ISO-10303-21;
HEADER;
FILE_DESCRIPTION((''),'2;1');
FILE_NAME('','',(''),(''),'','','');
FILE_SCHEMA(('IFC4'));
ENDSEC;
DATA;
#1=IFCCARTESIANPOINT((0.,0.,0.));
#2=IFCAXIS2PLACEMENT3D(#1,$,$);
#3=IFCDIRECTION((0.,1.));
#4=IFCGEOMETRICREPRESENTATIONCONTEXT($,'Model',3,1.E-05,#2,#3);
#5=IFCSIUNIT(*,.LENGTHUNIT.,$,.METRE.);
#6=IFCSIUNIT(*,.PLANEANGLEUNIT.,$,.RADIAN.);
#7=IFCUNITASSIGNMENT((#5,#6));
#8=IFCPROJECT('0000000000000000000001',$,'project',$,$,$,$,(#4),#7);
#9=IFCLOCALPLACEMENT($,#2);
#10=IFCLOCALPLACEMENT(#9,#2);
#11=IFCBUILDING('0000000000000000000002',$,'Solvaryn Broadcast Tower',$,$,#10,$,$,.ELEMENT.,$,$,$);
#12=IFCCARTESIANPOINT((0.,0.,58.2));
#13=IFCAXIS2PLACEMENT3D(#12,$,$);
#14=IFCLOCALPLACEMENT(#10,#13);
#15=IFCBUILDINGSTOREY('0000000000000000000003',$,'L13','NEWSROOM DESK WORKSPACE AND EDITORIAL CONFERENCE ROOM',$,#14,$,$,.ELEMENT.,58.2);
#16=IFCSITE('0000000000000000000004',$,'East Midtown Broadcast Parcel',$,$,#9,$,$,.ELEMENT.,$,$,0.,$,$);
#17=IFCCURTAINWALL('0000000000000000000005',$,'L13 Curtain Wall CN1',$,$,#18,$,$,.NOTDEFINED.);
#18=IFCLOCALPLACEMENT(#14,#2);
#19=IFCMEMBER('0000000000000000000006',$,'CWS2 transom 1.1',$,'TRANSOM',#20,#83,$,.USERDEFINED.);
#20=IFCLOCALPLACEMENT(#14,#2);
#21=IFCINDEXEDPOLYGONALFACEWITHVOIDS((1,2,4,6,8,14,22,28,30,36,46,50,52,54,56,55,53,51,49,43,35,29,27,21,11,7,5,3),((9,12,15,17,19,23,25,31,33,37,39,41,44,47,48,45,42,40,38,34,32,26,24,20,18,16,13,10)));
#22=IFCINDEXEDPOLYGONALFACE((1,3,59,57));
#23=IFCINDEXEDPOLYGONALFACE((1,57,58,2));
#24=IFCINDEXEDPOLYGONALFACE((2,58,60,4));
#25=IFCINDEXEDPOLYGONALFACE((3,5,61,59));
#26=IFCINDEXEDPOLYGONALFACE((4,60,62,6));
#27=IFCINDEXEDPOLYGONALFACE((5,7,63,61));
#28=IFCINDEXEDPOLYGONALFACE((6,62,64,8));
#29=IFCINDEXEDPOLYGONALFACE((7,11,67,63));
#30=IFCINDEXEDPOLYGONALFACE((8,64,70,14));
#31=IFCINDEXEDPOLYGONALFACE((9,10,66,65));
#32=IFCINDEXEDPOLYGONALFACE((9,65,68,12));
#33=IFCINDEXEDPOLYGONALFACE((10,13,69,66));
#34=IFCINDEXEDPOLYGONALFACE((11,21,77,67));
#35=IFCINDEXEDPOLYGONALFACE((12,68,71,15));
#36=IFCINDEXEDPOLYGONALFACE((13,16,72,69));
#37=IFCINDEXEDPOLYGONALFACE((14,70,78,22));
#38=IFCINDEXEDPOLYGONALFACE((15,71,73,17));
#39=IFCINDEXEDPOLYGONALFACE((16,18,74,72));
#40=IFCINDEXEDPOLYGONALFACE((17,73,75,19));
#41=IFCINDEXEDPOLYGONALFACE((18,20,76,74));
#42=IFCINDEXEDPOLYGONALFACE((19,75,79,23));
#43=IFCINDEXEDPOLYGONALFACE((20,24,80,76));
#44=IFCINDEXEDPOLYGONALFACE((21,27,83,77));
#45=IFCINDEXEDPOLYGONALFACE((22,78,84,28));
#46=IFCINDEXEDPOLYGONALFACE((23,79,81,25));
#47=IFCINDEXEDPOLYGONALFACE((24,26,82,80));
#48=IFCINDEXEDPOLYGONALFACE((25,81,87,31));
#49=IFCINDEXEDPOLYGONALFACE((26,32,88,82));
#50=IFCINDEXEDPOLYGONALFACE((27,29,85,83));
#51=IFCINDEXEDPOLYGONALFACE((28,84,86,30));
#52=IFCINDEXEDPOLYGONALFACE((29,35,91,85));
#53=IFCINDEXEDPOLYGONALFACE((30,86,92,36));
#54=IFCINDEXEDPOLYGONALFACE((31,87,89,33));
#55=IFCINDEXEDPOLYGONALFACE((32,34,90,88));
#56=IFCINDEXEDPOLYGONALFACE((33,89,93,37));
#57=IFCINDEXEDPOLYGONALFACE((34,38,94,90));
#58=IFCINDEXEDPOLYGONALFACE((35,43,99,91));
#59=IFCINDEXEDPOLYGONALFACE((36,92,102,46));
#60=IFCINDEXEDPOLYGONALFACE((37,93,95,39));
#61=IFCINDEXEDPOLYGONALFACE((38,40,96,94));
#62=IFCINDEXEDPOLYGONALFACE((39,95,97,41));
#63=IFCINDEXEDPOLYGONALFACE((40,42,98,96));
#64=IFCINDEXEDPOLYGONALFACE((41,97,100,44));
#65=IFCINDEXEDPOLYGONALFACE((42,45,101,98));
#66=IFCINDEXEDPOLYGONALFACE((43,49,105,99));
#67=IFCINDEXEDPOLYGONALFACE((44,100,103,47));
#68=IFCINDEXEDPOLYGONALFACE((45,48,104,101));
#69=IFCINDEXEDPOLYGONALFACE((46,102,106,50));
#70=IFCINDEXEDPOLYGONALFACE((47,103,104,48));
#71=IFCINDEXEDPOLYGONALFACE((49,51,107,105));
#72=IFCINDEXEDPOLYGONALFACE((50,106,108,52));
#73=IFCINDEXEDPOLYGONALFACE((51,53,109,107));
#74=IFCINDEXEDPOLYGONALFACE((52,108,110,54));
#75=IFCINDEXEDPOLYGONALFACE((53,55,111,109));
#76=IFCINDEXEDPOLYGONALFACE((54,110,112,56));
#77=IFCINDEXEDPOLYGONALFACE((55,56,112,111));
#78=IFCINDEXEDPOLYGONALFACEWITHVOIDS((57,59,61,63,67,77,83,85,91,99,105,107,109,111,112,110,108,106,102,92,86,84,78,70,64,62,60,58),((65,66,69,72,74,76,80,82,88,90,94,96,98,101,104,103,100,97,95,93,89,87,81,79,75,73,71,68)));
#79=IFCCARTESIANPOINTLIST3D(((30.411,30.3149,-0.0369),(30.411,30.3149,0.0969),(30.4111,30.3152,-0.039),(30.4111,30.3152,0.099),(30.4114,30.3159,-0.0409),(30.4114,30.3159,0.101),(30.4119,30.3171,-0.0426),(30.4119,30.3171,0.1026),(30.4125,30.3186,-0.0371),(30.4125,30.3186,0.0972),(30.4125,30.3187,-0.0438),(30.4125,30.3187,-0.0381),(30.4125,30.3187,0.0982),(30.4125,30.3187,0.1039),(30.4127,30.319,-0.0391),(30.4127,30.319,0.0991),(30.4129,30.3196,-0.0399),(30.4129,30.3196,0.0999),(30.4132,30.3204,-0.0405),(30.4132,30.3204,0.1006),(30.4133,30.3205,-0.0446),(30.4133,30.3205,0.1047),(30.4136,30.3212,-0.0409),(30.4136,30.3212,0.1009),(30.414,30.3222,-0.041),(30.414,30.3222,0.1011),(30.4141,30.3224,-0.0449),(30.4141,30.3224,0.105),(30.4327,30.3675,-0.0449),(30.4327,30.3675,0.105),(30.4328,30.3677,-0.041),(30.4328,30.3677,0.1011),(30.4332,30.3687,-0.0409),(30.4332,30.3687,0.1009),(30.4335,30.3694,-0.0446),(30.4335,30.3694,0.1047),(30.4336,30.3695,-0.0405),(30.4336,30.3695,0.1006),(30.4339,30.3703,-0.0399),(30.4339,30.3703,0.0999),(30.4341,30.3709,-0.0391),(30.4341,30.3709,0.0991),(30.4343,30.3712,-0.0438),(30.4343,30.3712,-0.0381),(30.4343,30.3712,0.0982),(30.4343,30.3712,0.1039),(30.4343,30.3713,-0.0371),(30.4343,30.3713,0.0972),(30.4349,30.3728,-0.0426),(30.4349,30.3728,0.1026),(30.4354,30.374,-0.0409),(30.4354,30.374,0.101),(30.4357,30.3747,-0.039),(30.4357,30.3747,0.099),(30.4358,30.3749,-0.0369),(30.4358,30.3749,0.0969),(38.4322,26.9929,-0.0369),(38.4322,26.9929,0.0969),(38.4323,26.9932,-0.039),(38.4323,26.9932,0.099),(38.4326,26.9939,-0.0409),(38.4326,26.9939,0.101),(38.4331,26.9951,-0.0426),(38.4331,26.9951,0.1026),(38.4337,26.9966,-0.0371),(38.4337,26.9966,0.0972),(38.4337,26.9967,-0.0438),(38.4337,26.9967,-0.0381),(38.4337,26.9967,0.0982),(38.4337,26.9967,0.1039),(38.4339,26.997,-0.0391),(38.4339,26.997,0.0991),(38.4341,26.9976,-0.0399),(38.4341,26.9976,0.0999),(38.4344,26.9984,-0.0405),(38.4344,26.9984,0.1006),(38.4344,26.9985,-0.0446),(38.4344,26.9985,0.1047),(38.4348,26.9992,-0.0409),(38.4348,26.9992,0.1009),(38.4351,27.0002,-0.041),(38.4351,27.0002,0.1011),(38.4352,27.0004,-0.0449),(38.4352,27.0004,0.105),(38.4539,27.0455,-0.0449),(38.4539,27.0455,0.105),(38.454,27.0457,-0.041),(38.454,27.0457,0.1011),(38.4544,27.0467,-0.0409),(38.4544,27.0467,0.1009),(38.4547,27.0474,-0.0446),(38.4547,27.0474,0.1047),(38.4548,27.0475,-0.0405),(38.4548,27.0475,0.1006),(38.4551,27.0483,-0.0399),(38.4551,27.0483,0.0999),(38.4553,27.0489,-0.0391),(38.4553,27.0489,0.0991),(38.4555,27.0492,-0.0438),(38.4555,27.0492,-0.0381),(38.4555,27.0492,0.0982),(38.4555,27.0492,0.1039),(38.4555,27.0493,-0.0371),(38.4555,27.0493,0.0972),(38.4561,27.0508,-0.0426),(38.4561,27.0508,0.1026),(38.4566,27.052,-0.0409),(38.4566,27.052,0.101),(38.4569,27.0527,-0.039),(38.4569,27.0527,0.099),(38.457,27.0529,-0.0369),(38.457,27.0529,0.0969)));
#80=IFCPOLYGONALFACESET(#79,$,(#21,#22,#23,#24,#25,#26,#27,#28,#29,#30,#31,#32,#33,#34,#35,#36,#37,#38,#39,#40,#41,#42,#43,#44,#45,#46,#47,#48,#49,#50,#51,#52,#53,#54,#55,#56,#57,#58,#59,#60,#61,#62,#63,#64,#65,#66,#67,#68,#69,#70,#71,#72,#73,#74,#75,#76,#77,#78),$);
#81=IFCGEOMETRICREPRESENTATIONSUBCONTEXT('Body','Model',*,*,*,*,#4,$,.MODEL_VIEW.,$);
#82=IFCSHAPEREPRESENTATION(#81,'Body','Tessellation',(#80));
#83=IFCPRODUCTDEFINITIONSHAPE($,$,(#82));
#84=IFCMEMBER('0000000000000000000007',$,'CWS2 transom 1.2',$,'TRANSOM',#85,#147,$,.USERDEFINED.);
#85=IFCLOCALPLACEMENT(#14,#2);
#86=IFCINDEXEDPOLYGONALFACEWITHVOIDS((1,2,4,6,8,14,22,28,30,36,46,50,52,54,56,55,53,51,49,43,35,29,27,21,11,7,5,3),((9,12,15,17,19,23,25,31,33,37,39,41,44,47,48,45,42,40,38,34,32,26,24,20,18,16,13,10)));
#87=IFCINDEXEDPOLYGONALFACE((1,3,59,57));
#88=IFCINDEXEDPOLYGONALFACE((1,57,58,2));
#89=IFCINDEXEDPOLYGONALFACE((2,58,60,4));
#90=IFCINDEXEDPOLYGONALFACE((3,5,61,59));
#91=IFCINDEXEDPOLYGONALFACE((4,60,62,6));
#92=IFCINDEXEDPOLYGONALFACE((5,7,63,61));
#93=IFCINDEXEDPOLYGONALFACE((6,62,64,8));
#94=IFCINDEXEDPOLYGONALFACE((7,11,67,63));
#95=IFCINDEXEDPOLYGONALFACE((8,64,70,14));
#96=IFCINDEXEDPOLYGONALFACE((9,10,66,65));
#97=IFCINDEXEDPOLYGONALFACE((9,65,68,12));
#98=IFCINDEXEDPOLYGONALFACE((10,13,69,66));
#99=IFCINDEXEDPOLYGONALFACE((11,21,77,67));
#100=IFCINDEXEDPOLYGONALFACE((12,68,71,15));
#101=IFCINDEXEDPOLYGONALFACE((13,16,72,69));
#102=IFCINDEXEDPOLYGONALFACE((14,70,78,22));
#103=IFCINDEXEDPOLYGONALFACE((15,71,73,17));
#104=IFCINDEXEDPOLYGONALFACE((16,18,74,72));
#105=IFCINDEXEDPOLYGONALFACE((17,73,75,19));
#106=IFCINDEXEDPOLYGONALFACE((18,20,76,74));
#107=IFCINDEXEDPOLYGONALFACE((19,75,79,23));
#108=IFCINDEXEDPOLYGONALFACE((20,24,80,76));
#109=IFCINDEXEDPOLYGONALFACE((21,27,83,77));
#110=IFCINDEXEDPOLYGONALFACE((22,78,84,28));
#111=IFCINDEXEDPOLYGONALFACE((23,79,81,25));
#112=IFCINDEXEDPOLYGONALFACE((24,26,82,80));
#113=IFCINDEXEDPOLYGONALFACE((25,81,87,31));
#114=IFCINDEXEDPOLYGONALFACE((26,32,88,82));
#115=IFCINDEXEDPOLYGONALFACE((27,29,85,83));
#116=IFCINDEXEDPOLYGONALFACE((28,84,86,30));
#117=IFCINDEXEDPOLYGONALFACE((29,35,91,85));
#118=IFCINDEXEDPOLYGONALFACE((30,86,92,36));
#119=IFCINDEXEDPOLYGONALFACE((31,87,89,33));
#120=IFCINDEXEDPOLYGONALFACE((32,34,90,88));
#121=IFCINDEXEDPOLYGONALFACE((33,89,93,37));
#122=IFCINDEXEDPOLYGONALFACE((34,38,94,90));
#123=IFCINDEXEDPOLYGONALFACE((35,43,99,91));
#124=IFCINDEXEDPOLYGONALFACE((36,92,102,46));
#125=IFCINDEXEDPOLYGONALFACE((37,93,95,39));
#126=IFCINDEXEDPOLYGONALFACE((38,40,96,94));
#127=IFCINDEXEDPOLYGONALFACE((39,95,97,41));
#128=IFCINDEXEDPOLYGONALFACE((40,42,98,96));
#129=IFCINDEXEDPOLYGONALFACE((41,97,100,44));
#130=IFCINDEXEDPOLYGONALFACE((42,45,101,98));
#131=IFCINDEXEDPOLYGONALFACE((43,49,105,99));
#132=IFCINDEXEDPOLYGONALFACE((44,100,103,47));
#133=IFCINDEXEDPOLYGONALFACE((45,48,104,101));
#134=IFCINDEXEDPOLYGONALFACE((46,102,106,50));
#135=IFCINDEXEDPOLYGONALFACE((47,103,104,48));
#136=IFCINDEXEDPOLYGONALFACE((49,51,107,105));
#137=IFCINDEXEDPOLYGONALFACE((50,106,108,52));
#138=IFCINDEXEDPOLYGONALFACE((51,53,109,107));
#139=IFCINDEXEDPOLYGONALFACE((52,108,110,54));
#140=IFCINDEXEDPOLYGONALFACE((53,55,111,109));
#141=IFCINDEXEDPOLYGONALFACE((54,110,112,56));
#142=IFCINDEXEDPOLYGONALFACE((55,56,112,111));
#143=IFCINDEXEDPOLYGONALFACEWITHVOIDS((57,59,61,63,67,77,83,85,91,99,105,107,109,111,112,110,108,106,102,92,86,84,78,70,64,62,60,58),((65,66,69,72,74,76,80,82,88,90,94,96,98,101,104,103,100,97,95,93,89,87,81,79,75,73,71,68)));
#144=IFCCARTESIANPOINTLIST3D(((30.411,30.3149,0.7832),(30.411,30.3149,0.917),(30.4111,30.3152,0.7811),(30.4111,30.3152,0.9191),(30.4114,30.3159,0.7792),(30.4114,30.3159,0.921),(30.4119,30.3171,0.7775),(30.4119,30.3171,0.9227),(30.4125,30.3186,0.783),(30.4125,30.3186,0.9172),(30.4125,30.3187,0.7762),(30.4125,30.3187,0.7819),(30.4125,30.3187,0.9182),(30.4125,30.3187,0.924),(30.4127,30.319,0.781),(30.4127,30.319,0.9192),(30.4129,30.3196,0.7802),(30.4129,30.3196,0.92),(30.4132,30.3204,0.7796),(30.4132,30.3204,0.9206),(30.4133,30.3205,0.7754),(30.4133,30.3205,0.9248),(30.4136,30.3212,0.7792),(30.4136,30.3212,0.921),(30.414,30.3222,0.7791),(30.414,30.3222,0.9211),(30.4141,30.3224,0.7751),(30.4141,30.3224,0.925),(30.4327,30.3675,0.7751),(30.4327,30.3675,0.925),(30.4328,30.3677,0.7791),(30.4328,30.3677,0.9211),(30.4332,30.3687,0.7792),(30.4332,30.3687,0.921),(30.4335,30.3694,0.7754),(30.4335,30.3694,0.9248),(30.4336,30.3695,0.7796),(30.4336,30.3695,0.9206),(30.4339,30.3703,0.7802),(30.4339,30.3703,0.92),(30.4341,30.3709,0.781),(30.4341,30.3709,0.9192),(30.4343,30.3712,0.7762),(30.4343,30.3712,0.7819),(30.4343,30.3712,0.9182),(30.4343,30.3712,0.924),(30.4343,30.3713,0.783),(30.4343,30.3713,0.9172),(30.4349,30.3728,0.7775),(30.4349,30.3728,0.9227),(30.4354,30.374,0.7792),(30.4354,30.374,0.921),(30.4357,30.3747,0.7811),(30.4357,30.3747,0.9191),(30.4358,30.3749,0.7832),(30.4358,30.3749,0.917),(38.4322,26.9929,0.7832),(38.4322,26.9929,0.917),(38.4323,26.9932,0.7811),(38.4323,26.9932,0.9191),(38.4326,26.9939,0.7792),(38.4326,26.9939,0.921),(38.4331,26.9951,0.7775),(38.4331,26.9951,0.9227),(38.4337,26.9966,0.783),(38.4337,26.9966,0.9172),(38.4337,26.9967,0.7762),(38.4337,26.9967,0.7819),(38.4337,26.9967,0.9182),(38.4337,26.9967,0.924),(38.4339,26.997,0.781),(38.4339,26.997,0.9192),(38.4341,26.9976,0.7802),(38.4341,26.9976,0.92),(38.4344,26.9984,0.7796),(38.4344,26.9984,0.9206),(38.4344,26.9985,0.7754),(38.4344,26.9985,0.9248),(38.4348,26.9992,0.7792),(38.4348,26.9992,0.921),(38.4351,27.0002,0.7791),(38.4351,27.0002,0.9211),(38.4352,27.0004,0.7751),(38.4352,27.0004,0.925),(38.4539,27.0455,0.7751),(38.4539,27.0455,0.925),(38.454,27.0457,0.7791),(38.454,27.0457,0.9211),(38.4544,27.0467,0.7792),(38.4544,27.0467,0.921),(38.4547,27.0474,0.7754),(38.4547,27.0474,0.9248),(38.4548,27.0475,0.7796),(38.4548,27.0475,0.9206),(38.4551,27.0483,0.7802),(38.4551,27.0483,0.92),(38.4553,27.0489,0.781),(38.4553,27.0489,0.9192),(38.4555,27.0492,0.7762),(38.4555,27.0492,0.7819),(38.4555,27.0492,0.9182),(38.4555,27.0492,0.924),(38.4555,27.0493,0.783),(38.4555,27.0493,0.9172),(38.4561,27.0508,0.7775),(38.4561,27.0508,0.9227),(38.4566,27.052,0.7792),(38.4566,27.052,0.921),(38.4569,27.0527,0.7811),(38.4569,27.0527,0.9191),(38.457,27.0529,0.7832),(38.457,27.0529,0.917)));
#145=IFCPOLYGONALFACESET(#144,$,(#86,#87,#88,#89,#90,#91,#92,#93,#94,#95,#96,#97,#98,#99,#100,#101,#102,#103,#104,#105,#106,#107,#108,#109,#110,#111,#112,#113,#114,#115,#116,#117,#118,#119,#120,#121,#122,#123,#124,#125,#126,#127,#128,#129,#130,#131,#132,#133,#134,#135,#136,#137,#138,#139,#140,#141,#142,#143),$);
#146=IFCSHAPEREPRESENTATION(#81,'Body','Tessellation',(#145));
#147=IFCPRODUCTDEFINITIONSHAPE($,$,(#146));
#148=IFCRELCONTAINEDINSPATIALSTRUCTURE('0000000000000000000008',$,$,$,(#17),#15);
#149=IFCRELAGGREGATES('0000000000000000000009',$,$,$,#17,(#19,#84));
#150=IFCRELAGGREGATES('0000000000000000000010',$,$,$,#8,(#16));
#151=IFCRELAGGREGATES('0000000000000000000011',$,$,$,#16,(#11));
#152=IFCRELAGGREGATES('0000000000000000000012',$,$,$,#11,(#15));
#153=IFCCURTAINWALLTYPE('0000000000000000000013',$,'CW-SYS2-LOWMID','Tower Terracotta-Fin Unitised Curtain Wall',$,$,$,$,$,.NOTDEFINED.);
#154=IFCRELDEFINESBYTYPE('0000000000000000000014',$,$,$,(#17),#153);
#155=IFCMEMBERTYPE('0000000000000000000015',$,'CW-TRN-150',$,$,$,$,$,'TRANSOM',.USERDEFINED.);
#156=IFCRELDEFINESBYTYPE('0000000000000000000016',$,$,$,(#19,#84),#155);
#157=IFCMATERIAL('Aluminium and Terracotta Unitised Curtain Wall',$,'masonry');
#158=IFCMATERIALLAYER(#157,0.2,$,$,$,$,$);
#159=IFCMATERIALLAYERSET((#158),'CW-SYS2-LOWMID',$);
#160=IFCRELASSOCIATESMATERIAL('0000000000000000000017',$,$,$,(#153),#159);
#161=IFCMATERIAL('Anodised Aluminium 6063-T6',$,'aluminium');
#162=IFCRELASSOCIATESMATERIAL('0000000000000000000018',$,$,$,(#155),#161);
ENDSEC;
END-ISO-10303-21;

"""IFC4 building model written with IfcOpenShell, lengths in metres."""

from ifc_helpers import new_model, si_unit, direction, frame, origin, origin_2d, place, context, subcontext, project, spatial, hollow_rectangle, extrude, material, layer, layer_set, material_profile, profile_set, type_object, element, aggregate, save


model = new_model("IFC4")

# Units and contexts
model_context = context("Model", 3, precision=1e-05, world=origin(), true_north=direction((0.0, 1.0)))
body_context = subcontext(model_context, "Body", "Model", "MODEL_VIEW")
ifc_project = project(units=[si_unit("LENGTHUNIT", "METRE"), si_unit("PLANEANGLEUNIT", "RADIAN")], contexts=[model_context])

# Site, building, storey
site_placement = place(None, origin())
site = spatial("IfcSite", under=ifc_project, at=site_placement, Name="East Midtown Broadcast Parcel", CompositionType="ELEMENT", RefElevation=0.0)
building_placement = place(site_placement, origin())
building = spatial("IfcBuilding", under=site, at=building_placement, Name="Solvaryn Broadcast Tower", CompositionType="ELEMENT")
storey_placement = place(building_placement, frame((0.0, 0.0, 58.2)))
storey = spatial("IfcBuildingStorey", under=building, at=storey_placement, Name="L13", Description="NEWSROOM DESK WORKSPACE AND EDITORIAL CONFERENCE ROOM", CompositionType="ELEMENT", Elevation=58.2)

# Curtain wall
ifc_material_1 = material(Name="Aluminium and Terracotta Unitised Curtain Wall", Category="masonry")
ifc_layer_1 = layer(ifc_material_1, 0.2)
ifc_layer_set_1 = layer_set([ifc_layer_1], Name="CW-SYS2-LOWMID")
curtain_wall_type = type_object("IfcCurtainWallType", Name="CW-SYS2-LOWMID", Description="Tower Terracotta-Fin Unitised Curtain Wall", PredefinedType="NOTDEFINED", material=ifc_layer_set_1)
curtain_wall_1_placement = place(storey_placement, origin())
curtain_wall_1 = element("IfcCurtainWall", 1, at=curtain_wall_1_placement, inside=storey, type_object=curtain_wall_type, Name="L13 Curtain Wall CN1", PredefinedType="NOTDEFINED")

# Members
ifc_material_2 = material(Name="Anodised Aluminium 6063-T6", Category="aluminium")
ifc_material_profile_1 = material_profile(ifc_material_2, hollow_rectangle(XDim=0.0649, YDim=0.1499, WallThickness=0.0039, InnerFilletRadius=0.0039, OuterFilletRadius=0.0081, at=origin_2d()))
ifc_profile_set_1 = profile_set([ifc_material_profile_1], Name="Anodised Aluminium 6063-T6")
member_type_1 = type_object("IfcMemberType", Name="CW-TRN-150", ElementType="TRANSOM", PredefinedType="USERDEFINED", material=ifc_profile_set_1)
member_1_placement = place(storey_placement, frame((38.4446, 27.0229, 0.03), z_axis=(-0.923899, 0.382636, 0.0), x_axis=(-0.382636, -0.923899, 0.0)))
member_1 = element("IfcMember", 2, at=member_1_placement, type_object=member_type_1, Name="CWS2 transom 1.1", ObjectType="TRANSOM", PredefinedType="USERDEFINED", context=body_context, shape_type="SweptSolid", body=[
    extrude(hollow_rectangle(XDim=0.0649, YDim=0.1499, WallThickness=0.0039, InnerFilletRadius=0.0039, OuterFilletRadius=0.0081, at=origin_2d()), origin(), (0.0, 0.0, 1.0), 8.6819),
])
member_2_placement = place(storey_placement, frame((38.4446, 27.0229, 0.8501), z_axis=(-0.923899, 0.382636, 0.0), x_axis=(-0.382636, -0.923899, 0.0)))
member_2 = element("IfcMember", 3, at=member_2_placement, type_object=member_type_1, Name="CWS2 transom 1.2", ObjectType="TRANSOM", PredefinedType="USERDEFINED", context=body_context, shape_type="SweptSolid", body=[
    extrude(hollow_rectangle(XDim=0.0649, YDim=0.1499, WallThickness=0.0039, InnerFilletRadius=0.0039, OuterFilletRadius=0.0081, at=origin_2d()), origin(), (0.0, 0.0, 1.0), 8.6819),
])
aggregate(curtain_wall_1, [member_1, member_2])

save(model, "model.ifc")
